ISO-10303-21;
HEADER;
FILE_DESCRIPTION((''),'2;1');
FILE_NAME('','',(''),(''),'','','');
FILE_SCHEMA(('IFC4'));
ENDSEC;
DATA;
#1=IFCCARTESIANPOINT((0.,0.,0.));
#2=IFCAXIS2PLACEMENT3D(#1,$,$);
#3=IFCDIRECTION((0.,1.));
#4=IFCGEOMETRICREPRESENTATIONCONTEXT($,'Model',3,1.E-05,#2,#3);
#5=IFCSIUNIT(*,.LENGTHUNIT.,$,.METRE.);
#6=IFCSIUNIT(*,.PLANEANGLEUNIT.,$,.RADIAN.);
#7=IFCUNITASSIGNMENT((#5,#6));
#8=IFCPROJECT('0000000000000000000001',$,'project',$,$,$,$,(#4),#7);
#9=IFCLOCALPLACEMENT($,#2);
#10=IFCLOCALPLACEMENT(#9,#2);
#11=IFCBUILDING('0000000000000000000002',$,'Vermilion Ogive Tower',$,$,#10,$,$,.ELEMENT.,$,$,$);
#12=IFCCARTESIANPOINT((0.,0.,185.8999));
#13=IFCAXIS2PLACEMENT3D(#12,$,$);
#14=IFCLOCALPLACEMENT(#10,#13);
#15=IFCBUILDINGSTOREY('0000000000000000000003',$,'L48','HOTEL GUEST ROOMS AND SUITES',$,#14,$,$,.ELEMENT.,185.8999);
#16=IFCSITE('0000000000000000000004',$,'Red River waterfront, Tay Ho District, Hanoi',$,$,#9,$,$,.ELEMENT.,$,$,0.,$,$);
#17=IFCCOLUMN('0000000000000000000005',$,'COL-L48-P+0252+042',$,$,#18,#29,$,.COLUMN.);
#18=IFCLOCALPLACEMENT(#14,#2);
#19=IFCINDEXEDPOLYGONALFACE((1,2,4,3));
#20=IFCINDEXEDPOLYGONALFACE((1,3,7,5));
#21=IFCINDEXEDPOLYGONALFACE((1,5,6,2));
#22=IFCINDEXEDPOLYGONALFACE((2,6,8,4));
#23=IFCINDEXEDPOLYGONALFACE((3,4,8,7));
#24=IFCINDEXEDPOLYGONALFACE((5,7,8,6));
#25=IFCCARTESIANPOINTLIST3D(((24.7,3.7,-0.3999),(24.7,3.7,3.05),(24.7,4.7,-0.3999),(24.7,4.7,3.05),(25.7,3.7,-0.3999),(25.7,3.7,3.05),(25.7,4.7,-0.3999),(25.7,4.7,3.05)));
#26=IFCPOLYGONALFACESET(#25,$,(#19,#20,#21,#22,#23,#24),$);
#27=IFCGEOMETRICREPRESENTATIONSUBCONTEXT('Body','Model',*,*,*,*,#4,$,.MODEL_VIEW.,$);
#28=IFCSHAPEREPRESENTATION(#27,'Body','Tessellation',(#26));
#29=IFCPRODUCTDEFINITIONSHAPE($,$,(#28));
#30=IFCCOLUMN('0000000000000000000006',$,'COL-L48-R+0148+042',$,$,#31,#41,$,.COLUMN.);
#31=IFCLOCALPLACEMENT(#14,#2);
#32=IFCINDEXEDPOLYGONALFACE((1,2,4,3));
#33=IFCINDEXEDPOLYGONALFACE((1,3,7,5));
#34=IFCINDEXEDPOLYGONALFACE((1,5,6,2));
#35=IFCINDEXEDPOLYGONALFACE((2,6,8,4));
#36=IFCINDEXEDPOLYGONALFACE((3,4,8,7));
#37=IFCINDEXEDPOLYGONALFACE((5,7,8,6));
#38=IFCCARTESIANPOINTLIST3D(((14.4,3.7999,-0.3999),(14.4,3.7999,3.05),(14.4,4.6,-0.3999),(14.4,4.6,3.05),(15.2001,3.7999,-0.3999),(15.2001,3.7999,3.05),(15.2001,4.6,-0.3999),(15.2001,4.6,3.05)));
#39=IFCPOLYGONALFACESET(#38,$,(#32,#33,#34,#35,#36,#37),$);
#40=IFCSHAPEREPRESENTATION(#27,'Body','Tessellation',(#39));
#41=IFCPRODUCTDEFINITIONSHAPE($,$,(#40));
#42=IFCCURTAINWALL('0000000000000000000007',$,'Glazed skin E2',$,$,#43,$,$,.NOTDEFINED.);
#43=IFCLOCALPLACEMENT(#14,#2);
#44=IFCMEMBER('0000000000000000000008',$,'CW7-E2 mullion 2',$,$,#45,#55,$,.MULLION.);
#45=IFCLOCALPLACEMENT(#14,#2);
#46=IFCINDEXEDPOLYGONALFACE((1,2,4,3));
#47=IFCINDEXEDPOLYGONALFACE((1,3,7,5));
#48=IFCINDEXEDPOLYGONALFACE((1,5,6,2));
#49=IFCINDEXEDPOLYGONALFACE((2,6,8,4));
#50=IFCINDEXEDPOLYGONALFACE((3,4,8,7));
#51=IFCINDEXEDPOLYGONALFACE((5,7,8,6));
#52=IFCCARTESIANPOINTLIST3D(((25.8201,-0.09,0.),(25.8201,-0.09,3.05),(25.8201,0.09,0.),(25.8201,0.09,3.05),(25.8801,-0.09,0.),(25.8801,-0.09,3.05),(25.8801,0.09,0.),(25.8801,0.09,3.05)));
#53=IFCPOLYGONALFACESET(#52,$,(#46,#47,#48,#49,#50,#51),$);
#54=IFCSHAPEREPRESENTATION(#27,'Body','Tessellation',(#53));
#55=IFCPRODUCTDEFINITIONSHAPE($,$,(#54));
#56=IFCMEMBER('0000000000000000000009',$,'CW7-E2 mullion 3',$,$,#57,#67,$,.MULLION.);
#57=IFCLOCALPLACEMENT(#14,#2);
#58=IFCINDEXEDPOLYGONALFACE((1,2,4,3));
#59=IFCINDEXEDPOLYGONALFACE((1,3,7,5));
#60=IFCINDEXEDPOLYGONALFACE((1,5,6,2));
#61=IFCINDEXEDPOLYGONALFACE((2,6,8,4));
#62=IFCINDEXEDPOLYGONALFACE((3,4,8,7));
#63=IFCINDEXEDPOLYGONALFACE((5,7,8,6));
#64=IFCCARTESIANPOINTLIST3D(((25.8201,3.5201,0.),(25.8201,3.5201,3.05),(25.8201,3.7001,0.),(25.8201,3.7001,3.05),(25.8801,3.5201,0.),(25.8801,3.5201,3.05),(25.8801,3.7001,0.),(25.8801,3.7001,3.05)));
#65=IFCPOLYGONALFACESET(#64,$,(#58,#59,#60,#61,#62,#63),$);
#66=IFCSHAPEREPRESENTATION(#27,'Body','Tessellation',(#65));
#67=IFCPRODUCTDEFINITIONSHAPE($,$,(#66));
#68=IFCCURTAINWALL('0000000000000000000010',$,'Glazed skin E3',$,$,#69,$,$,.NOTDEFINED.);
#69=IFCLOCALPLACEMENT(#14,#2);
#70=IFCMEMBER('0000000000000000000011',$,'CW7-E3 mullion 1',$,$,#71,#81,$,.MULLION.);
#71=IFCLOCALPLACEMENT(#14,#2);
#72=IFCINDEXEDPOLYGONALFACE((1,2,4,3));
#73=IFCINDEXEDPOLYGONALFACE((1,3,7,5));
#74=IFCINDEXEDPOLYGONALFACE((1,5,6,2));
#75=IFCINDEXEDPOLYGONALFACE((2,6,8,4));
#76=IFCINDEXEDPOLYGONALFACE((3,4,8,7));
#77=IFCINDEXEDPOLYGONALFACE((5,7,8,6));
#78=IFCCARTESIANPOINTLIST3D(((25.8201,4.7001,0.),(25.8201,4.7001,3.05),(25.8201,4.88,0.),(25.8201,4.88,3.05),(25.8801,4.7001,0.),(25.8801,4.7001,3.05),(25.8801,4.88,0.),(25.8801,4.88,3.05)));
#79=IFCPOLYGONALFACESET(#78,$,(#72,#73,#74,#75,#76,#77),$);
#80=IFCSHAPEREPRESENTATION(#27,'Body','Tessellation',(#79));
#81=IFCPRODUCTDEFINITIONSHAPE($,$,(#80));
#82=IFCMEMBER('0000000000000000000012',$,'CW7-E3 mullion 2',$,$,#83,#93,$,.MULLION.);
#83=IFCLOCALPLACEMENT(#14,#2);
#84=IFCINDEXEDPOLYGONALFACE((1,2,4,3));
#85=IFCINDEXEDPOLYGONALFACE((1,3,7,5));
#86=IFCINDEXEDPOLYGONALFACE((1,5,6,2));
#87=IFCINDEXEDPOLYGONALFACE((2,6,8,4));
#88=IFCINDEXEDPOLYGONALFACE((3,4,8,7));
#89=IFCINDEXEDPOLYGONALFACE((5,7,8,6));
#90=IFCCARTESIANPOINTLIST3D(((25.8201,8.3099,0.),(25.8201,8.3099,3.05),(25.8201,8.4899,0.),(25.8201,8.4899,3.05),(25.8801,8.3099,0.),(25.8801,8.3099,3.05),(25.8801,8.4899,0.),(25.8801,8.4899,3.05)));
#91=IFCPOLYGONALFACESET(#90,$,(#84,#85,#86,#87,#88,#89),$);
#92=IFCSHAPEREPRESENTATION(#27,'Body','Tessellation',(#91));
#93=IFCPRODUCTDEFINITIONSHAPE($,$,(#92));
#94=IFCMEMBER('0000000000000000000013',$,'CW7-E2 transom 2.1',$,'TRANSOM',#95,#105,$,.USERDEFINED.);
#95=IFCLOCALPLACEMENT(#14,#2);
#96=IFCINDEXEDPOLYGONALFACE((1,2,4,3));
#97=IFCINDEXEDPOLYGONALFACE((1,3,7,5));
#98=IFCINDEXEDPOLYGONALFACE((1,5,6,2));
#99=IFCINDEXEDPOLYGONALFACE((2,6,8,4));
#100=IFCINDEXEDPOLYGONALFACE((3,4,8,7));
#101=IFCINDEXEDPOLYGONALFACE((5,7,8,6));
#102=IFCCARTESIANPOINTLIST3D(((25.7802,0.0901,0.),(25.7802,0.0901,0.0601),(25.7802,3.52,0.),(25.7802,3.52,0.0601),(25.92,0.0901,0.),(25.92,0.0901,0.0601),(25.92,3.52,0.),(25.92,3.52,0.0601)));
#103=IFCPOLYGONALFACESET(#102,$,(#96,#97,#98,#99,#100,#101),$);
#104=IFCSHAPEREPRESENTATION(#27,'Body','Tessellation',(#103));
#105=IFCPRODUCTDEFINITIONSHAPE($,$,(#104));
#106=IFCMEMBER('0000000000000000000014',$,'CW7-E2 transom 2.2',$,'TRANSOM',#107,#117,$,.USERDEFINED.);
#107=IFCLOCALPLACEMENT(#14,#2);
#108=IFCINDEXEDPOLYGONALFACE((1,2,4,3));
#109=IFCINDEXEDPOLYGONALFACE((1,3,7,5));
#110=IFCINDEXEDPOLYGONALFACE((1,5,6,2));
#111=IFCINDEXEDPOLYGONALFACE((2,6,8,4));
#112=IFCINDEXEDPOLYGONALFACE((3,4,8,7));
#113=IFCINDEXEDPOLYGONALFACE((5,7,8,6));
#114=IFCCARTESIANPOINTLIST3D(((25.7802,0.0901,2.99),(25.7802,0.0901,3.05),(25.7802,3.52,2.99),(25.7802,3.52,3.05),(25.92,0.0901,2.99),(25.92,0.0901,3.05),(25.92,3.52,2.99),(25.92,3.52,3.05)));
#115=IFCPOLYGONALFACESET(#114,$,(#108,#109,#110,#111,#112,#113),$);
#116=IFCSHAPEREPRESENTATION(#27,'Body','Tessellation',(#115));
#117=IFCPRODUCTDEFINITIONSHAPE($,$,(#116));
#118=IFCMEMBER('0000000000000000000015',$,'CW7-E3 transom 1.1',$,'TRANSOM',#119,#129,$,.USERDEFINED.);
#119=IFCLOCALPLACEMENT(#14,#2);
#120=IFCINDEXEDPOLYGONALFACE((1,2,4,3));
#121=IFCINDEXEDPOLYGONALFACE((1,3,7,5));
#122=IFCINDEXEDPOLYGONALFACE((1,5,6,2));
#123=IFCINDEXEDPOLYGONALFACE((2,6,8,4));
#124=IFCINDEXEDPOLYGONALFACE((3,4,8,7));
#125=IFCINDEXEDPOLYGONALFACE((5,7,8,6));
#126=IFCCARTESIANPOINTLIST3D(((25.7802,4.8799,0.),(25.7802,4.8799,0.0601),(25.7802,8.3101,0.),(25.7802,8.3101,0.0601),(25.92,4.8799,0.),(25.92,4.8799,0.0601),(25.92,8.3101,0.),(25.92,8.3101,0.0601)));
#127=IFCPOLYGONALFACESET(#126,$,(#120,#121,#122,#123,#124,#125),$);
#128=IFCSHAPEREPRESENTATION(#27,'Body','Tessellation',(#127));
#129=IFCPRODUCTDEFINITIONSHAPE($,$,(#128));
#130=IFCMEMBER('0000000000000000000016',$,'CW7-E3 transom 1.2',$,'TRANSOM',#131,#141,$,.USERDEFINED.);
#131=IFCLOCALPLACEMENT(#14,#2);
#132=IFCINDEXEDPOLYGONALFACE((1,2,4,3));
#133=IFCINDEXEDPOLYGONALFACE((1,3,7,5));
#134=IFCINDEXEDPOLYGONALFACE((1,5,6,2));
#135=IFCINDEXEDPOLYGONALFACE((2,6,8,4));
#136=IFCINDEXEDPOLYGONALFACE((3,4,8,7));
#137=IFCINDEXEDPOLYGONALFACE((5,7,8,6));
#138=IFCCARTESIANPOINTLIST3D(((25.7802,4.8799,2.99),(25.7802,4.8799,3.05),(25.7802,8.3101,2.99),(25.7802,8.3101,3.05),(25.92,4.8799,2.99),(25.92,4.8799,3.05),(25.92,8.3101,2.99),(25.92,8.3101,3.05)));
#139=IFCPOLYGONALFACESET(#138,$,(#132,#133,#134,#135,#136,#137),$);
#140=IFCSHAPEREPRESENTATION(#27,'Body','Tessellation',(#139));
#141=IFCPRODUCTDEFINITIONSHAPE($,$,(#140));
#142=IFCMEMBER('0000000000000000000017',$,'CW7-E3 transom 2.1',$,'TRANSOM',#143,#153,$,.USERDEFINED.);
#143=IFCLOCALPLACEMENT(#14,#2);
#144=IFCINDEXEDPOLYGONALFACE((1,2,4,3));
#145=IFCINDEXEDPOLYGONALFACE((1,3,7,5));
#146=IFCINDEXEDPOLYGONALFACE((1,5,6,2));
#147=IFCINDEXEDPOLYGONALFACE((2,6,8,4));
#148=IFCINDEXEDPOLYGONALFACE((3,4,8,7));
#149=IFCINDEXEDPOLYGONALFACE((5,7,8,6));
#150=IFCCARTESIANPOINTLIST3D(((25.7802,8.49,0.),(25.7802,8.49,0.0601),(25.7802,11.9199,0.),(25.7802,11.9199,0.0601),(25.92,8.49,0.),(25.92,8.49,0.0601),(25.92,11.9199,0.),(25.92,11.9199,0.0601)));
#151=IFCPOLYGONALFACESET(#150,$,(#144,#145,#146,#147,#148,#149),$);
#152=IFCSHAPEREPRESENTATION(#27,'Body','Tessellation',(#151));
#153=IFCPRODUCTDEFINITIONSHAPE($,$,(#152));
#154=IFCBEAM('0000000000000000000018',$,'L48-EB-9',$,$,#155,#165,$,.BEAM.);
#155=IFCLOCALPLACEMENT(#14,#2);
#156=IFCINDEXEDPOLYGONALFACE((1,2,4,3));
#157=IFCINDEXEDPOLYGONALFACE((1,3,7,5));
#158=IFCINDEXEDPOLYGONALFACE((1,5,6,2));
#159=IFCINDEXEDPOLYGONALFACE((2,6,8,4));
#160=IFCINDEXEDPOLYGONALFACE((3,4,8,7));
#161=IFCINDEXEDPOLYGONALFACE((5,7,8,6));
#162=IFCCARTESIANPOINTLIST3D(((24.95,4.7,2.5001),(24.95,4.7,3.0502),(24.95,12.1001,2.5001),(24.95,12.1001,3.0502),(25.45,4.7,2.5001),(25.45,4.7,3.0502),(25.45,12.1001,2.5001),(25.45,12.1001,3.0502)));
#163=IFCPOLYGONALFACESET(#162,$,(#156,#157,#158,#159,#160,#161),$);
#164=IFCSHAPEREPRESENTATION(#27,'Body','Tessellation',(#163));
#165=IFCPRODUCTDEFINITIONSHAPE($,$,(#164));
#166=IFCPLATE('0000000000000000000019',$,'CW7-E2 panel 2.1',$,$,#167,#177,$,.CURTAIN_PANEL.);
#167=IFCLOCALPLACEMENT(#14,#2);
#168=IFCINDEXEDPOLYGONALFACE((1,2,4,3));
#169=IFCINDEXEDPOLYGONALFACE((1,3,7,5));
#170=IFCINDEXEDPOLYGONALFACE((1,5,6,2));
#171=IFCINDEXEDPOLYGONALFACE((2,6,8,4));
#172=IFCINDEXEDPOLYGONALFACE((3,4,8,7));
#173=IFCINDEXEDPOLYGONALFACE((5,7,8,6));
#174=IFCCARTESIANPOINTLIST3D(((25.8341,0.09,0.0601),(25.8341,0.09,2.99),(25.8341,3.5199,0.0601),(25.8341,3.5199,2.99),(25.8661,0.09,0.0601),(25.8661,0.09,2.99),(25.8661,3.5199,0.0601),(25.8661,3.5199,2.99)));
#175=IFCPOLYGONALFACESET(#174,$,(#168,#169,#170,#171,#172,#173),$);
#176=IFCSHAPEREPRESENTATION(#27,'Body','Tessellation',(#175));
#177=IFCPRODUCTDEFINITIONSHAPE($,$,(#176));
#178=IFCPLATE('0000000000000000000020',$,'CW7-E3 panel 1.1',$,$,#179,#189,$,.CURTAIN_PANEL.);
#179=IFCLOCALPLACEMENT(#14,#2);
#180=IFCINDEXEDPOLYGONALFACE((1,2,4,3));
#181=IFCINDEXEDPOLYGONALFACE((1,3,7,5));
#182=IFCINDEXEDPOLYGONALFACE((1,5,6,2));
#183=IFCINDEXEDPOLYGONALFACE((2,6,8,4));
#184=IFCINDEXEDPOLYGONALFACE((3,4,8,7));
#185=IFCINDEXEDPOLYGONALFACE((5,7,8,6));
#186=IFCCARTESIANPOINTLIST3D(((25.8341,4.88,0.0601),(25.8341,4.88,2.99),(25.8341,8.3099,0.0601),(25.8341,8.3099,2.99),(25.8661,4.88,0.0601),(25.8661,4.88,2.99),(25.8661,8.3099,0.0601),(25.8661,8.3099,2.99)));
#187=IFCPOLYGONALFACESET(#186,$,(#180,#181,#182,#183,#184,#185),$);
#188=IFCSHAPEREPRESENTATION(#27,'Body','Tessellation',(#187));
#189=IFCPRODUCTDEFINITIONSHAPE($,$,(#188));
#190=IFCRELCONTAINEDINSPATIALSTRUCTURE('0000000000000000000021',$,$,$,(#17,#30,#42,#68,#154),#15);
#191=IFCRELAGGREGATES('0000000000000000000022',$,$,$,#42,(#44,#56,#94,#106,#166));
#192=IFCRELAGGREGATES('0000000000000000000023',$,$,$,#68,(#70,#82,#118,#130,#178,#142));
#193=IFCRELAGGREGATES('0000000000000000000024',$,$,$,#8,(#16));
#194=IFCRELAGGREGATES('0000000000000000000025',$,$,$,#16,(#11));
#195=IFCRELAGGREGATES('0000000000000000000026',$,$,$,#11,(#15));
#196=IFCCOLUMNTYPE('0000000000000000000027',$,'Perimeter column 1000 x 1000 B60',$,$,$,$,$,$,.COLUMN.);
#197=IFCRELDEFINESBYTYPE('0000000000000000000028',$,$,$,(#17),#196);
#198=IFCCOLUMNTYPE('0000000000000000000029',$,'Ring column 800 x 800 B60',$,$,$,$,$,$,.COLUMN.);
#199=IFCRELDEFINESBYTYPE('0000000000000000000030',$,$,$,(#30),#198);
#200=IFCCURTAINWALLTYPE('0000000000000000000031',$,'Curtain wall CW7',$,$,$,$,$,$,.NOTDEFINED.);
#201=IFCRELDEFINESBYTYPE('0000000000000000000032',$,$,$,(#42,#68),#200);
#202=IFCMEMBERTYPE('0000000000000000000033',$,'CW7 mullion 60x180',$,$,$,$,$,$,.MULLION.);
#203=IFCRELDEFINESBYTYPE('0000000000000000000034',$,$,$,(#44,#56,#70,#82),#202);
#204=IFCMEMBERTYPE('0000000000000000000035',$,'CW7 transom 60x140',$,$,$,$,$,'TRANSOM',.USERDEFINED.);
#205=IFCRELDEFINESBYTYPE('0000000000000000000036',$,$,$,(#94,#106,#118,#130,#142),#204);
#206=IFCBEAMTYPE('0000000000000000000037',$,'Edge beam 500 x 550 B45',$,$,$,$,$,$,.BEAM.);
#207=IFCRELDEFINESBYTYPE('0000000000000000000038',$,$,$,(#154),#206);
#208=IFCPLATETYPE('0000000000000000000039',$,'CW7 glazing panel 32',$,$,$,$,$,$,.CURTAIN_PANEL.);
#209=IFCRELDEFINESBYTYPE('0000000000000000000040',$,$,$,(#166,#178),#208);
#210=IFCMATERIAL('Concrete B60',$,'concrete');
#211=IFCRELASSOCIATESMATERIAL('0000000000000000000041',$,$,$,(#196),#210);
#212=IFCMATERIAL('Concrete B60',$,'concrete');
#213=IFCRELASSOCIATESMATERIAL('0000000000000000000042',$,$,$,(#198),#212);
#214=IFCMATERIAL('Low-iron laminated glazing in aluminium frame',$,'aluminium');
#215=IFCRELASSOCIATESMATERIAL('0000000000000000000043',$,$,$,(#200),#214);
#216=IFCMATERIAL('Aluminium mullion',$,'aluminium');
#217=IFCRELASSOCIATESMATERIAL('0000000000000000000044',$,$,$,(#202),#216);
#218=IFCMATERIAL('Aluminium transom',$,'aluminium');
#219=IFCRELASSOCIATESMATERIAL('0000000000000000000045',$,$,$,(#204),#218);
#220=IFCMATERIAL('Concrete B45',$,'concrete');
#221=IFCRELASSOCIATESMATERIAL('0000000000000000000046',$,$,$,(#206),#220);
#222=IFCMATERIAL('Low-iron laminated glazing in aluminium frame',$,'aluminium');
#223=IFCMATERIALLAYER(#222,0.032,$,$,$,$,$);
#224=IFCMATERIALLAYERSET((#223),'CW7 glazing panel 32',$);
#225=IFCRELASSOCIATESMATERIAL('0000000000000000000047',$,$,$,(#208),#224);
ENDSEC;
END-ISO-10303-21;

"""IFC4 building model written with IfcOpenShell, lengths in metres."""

from ifc_helpers import new_model, si_unit, direction, frame, origin, origin_2d, place, context, subcontext, project, spatial, rectangle, extrude, material, layer, layer_set, material_profile, profile_set, type_object, element, aggregate, save


model = new_model("IFC4")

# Units and contexts
model_context = context("Model", 3, precision=1e-05, world=origin(), true_north=direction((0.0, 1.0)))
body_context = subcontext(model_context, "Body", "Model", "MODEL_VIEW")
ifc_project = project(units=[si_unit("LENGTHUNIT", "METRE"), si_unit("PLANEANGLEUNIT", "RADIAN")], contexts=[model_context])

# Site, building, storey
site_placement = place(None, origin())
site = spatial("IfcSite", under=ifc_project, at=site_placement, Name="Red River waterfront, Tay Ho District, Hanoi", CompositionType="ELEMENT", RefElevation=0.0)
building_placement = place(site_placement, origin())
building = spatial("IfcBuilding", under=site, at=building_placement, Name="Vermilion Ogive Tower", CompositionType="ELEMENT")
storey_placement = place(building_placement, frame((0.0, 0.0, 185.8999)))
storey = spatial("IfcBuildingStorey", under=building, at=storey_placement, Name="L48", Description="HOTEL GUEST ROOMS AND SUITES", CompositionType="ELEMENT", Elevation=185.8999)

# Columns
ifc_material_1 = material(Name="Concrete B60", Category="concrete")
ifc_material_profile_1 = material_profile(ifc_material_1, rectangle(XDim=1.0, YDim=1.0, at=origin_2d()), Name="1000 x 1000")
ifc_profile_set_1 = profile_set([ifc_material_profile_1], Name="Concrete B60")
column_type_1 = type_object("IfcColumnType", Name="Perimeter column 1000 x 1000 B60", PredefinedType="COLUMN", material=ifc_profile_set_1)
column_1_placement = place(storey_placement, frame((25.2, 4.2, -0.3999), z_axis=(0.0, 0.0, 1.0), x_axis=(1.0, 0.0, 0.0)))
element("IfcColumn", 1, at=column_1_placement, inside=storey, type_object=column_type_1, Name="COL-L48-P+0252+042", PredefinedType="COLUMN", context=body_context, shape_type="SweptSolid", body=[
    extrude(rectangle(XDim=1.0, YDim=1.0, at=origin_2d()), origin(), (0.0, 0.0, 1.0), 3.45),
])
ifc_material_2 = material(Name="Concrete B60", Category="concrete")
ifc_material_profile_2 = material_profile(ifc_material_2, rectangle(XDim=0.8, YDim=0.8, at=origin_2d()), Name="800 x 800")
ifc_profile_set_2 = profile_set([ifc_material_profile_2], Name="Concrete B60")
column_type_2 = type_object("IfcColumnType", Name="Ring column 800 x 800 B60", PredefinedType="COLUMN", material=ifc_profile_set_2)
column_2_placement = place(storey_placement, frame((14.8, 4.2, -0.3999), z_axis=(0.0, 0.0, 1.0), x_axis=(1.0, 0.0, 0.0)))
element("IfcColumn", 2, at=column_2_placement, inside=storey, type_object=column_type_2, Name="COL-L48-R+0148+042", PredefinedType="COLUMN", context=body_context, shape_type="SweptSolid", body=[
    extrude(rectangle(XDim=0.8, YDim=0.8, at=origin_2d()), origin(), (0.0, 0.0, 1.0), 3.45),
])

# Curtain walls, members
ifc_material_3 = material(Name="Low-iron laminated glazing in aluminium frame", Category="aluminium")
curtain_wall_type = type_object("IfcCurtainWallType", Name="Curtain wall CW7", PredefinedType="NOTDEFINED", material=ifc_material_3)
curtain_wall_1_placement = place(storey_placement, origin())
curtain_wall_1 = element("IfcCurtainWall", 3, at=curtain_wall_1_placement, inside=storey, type_object=curtain_wall_type, Name="Glazed skin E2", PredefinedType="NOTDEFINED")
ifc_material_4 = material(Name="Aluminium mullion", Category="aluminium")
ifc_material_profile_3 = material_profile(ifc_material_4, rectangle(XDim=0.0601, YDim=0.1799, at=origin_2d()), Name="AL 60x180")
ifc_profile_set_3 = profile_set([ifc_material_profile_3], Name="Aluminium mullion")
member_type_1 = type_object("IfcMemberType", Name="CW7 mullion 60x180", PredefinedType="MULLION", material=ifc_profile_set_3)
member_1_placement = place(storey_placement, frame((25.8501, 0.0, 0.0), z_axis=(0.0, 0.0, 1.0), x_axis=(-1.0, 0.0, 0.0)))
member_1 = element("IfcMember", 4, at=member_1_placement, type_object=member_type_1, Name="CW7-E2 mullion 2", PredefinedType="MULLION", context=body_context, shape_type="SweptSolid", body=[
    extrude(rectangle(XDim=0.0601, YDim=0.1799, at=origin_2d()), origin(), (0.0, 0.0, 1.0), 3.05),
])
member_2_placement = place(storey_placement, frame((25.8501, 3.6101, 0.0), z_axis=(0.0, 0.0, 1.0), x_axis=(-1.0, 0.0, 0.0)))
member_2 = element("IfcMember", 5, at=member_2_placement, type_object=member_type_1, Name="CW7-E2 mullion 3", PredefinedType="MULLION", context=body_context, shape_type="SweptSolid", body=[
    extrude(rectangle(XDim=0.0601, YDim=0.1799, at=origin_2d()), origin(), (0.0, 0.0, 1.0), 3.05),
])
curtain_wall_2_placement = place(storey_placement, origin())
curtain_wall_2 = element("IfcCurtainWall", 6, at=curtain_wall_2_placement, inside=storey, type_object=curtain_wall_type, Name="Glazed skin E3", PredefinedType="NOTDEFINED")
member_3_placement = place(storey_placement, frame((25.8501, 4.79, 0.0), z_axis=(0.0, 0.0, 1.0), x_axis=(-1.0, 0.0, 0.0)))
member_3 = element("IfcMember", 7, at=member_3_placement, type_object=member_type_1, Name="CW7-E3 mullion 1", PredefinedType="MULLION", context=body_context, shape_type="SweptSolid", body=[
    extrude(rectangle(XDim=0.0601, YDim=0.1799, at=origin_2d()), origin(), (0.0, 0.0, 1.0), 3.05),
])
member_4_placement = place(storey_placement, frame((25.8501, 8.3999, 0.0), z_axis=(0.0, 0.0, 1.0), x_axis=(-1.0, 0.0, 0.0)))
member_4 = element("IfcMember", 8, at=member_4_placement, type_object=member_type_1, Name="CW7-E3 mullion 2", PredefinedType="MULLION", context=body_context, shape_type="SweptSolid", body=[
    extrude(rectangle(XDim=0.0601, YDim=0.1799, at=origin_2d()), origin(), (0.0, 0.0, 1.0), 3.05),
])

# Members
ifc_material_5 = material(Name="Aluminium transom", Category="aluminium")
ifc_material_profile_4 = material_profile(ifc_material_5, rectangle(XDim=0.1399, YDim=0.0601, at=origin_2d()), Name="AL 60x140")
ifc_profile_set_4 = profile_set([ifc_material_profile_4], Name="Aluminium transom")
member_type_2 = type_object("IfcMemberType", Name="CW7 transom 60x140", ElementType="TRANSOM", PredefinedType="USERDEFINED", material=ifc_profile_set_4)
member_5_placement = place(storey_placement, frame((25.8501, 0.0901, 0.03), z_axis=(0.0, 1.0, 0.0), x_axis=(-1.0, 0.0, 0.0)))
member_5 = element("IfcMember", 9, at=member_5_placement, type_object=member_type_2, Name="CW7-E2 transom 2.1", ObjectType="TRANSOM", PredefinedType="USERDEFINED", context=body_context, shape_type="SweptSolid", body=[
    extrude(rectangle(XDim=0.1399, YDim=0.0601, at=origin_2d()), origin(), (0.0, 0.0, 1.0), 3.4299),
])
member_6_placement = place(storey_placement, frame((25.8501, 0.0901, 3.02), z_axis=(0.0, 1.0, 0.0), x_axis=(-1.0, 0.0, 0.0)))
member_6 = element("IfcMember", 10, at=member_6_placement, type_object=member_type_2, Name="CW7-E2 transom 2.2", ObjectType="TRANSOM", PredefinedType="USERDEFINED", context=body_context, shape_type="SweptSolid", body=[
    extrude(rectangle(XDim=0.1399, YDim=0.0601, at=origin_2d()), origin(), (0.0, 0.0, 1.0), 3.4299),
])
member_7_placement = place(storey_placement, frame((25.8501, 4.8799, 0.03), z_axis=(0.0, 1.0, 0.0), x_axis=(-1.0, 0.0, 0.0)))
member_7 = element("IfcMember", 11, at=member_7_placement, type_object=member_type_2, Name="CW7-E3 transom 1.1", ObjectType="TRANSOM", PredefinedType="USERDEFINED", context=body_context, shape_type="SweptSolid", body=[
    extrude(rectangle(XDim=0.1399, YDim=0.0601, at=origin_2d()), origin(), (0.0, 0.0, 1.0), 3.4302),
])
member_8_placement = place(storey_placement, frame((25.8501, 4.8799, 3.02), z_axis=(0.0, 1.0, 0.0), x_axis=(-1.0, 0.0, 0.0)))
member_8 = element("IfcMember", 12, at=member_8_placement, type_object=member_type_2, Name="CW7-E3 transom 1.2", ObjectType="TRANSOM", PredefinedType="USERDEFINED", context=body_context, shape_type="SweptSolid", body=[
    extrude(rectangle(XDim=0.1399, YDim=0.0601, at=origin_2d()), origin(), (0.0, 0.0, 1.0), 3.4302),
])
member_9_placement = place(storey_placement, frame((25.8501, 8.49, 0.03), z_axis=(0.0, 1.0, 0.0), x_axis=(-1.0, 0.0, 0.0)))
member_9 = element("IfcMember", 13, at=member_9_placement, type_object=member_type_2, Name="CW7-E3 transom 2.1", ObjectType="TRANSOM", PredefinedType="USERDEFINED", context=body_context, shape_type="SweptSolid", body=[
    extrude(rectangle(XDim=0.1399, YDim=0.0601, at=origin_2d()), origin(), (0.0, 0.0, 1.0), 3.4299),
])

# Beam
ifc_material_6 = material(Name="Concrete B45", Category="concrete")
ifc_material_profile_5 = material_profile(ifc_material_6, rectangle(XDim=0.5, YDim=0.55, at=origin_2d()), Name="500 x 550")
ifc_profile_set_5 = profile_set([ifc_material_profile_5], Name="Concrete B45")
beam_type = type_object("IfcBeamType", Name="Edge beam 500 x 550 B45", PredefinedType="BEAM", material=ifc_profile_set_5)
beam_placement = place(storey_placement, frame((25.2, 4.7, 2.7751), z_axis=(0.0, 1.0, 0.0), x_axis=(-1.0, 0.0, 0.0)))
element("IfcBeam", 14, at=beam_placement, inside=storey, type_object=beam_type, Name="L48-EB-9", PredefinedType="BEAM", context=body_context, shape_type="SweptSolid", body=[
    extrude(rectangle(XDim=0.5, YDim=0.55, at=origin_2d()), origin(), (0.0, 0.0, 1.0), 7.4001),
])

# Plates
ifc_material_7 = material(Name="Low-iron laminated glazing in aluminium frame", Category="aluminium")
ifc_layer_1 = layer(ifc_material_7, 0.032)
ifc_layer_set_1 = layer_set([ifc_layer_1], Name="CW7 glazing panel 32")
plate_type = type_object("IfcPlateType", Name="CW7 glazing panel 32", PredefinedType="CURTAIN_PANEL", material=ifc_layer_set_1)
plate_1_placement = place(storey_placement, frame((25.8501, 1.8049, 0.0601), z_axis=(0.0, 0.0, 1.0), x_axis=(0.0, 1.0, 0.0)))
plate_1 = element("IfcPlate", 15, at=plate_1_placement, type_object=plate_type, Name="CW7-E2 panel 2.1", PredefinedType="CURTAIN_PANEL", context=body_context, shape_type="SweptSolid", body=[
    extrude(rectangle(XDim=3.4299, YDim=0.032, at=origin_2d()), origin(), (0.0, 0.0, 1.0), 2.9299),
])
aggregate(curtain_wall_1, [member_1, member_2, member_5, member_6, plate_1])
plate_2_placement = place(storey_placement, frame((25.8501, 6.595, 0.0601), z_axis=(0.0, 0.0, 1.0), x_axis=(0.0, 1.0, 0.0)))
plate_2 = element("IfcPlate", 16, at=plate_2_placement, type_object=plate_type, Name="CW7-E3 panel 1.1", PredefinedType="CURTAIN_PANEL", context=body_context, shape_type="SweptSolid", body=[
    extrude(rectangle(XDim=3.4299, YDim=0.032, at=origin_2d()), origin(), (0.0, 0.0, 1.0), 2.9299),
])
aggregate(curtain_wall_2, [member_3, member_4, member_7, member_8, plate_2, member_9])

save(model, "model.ifc")
